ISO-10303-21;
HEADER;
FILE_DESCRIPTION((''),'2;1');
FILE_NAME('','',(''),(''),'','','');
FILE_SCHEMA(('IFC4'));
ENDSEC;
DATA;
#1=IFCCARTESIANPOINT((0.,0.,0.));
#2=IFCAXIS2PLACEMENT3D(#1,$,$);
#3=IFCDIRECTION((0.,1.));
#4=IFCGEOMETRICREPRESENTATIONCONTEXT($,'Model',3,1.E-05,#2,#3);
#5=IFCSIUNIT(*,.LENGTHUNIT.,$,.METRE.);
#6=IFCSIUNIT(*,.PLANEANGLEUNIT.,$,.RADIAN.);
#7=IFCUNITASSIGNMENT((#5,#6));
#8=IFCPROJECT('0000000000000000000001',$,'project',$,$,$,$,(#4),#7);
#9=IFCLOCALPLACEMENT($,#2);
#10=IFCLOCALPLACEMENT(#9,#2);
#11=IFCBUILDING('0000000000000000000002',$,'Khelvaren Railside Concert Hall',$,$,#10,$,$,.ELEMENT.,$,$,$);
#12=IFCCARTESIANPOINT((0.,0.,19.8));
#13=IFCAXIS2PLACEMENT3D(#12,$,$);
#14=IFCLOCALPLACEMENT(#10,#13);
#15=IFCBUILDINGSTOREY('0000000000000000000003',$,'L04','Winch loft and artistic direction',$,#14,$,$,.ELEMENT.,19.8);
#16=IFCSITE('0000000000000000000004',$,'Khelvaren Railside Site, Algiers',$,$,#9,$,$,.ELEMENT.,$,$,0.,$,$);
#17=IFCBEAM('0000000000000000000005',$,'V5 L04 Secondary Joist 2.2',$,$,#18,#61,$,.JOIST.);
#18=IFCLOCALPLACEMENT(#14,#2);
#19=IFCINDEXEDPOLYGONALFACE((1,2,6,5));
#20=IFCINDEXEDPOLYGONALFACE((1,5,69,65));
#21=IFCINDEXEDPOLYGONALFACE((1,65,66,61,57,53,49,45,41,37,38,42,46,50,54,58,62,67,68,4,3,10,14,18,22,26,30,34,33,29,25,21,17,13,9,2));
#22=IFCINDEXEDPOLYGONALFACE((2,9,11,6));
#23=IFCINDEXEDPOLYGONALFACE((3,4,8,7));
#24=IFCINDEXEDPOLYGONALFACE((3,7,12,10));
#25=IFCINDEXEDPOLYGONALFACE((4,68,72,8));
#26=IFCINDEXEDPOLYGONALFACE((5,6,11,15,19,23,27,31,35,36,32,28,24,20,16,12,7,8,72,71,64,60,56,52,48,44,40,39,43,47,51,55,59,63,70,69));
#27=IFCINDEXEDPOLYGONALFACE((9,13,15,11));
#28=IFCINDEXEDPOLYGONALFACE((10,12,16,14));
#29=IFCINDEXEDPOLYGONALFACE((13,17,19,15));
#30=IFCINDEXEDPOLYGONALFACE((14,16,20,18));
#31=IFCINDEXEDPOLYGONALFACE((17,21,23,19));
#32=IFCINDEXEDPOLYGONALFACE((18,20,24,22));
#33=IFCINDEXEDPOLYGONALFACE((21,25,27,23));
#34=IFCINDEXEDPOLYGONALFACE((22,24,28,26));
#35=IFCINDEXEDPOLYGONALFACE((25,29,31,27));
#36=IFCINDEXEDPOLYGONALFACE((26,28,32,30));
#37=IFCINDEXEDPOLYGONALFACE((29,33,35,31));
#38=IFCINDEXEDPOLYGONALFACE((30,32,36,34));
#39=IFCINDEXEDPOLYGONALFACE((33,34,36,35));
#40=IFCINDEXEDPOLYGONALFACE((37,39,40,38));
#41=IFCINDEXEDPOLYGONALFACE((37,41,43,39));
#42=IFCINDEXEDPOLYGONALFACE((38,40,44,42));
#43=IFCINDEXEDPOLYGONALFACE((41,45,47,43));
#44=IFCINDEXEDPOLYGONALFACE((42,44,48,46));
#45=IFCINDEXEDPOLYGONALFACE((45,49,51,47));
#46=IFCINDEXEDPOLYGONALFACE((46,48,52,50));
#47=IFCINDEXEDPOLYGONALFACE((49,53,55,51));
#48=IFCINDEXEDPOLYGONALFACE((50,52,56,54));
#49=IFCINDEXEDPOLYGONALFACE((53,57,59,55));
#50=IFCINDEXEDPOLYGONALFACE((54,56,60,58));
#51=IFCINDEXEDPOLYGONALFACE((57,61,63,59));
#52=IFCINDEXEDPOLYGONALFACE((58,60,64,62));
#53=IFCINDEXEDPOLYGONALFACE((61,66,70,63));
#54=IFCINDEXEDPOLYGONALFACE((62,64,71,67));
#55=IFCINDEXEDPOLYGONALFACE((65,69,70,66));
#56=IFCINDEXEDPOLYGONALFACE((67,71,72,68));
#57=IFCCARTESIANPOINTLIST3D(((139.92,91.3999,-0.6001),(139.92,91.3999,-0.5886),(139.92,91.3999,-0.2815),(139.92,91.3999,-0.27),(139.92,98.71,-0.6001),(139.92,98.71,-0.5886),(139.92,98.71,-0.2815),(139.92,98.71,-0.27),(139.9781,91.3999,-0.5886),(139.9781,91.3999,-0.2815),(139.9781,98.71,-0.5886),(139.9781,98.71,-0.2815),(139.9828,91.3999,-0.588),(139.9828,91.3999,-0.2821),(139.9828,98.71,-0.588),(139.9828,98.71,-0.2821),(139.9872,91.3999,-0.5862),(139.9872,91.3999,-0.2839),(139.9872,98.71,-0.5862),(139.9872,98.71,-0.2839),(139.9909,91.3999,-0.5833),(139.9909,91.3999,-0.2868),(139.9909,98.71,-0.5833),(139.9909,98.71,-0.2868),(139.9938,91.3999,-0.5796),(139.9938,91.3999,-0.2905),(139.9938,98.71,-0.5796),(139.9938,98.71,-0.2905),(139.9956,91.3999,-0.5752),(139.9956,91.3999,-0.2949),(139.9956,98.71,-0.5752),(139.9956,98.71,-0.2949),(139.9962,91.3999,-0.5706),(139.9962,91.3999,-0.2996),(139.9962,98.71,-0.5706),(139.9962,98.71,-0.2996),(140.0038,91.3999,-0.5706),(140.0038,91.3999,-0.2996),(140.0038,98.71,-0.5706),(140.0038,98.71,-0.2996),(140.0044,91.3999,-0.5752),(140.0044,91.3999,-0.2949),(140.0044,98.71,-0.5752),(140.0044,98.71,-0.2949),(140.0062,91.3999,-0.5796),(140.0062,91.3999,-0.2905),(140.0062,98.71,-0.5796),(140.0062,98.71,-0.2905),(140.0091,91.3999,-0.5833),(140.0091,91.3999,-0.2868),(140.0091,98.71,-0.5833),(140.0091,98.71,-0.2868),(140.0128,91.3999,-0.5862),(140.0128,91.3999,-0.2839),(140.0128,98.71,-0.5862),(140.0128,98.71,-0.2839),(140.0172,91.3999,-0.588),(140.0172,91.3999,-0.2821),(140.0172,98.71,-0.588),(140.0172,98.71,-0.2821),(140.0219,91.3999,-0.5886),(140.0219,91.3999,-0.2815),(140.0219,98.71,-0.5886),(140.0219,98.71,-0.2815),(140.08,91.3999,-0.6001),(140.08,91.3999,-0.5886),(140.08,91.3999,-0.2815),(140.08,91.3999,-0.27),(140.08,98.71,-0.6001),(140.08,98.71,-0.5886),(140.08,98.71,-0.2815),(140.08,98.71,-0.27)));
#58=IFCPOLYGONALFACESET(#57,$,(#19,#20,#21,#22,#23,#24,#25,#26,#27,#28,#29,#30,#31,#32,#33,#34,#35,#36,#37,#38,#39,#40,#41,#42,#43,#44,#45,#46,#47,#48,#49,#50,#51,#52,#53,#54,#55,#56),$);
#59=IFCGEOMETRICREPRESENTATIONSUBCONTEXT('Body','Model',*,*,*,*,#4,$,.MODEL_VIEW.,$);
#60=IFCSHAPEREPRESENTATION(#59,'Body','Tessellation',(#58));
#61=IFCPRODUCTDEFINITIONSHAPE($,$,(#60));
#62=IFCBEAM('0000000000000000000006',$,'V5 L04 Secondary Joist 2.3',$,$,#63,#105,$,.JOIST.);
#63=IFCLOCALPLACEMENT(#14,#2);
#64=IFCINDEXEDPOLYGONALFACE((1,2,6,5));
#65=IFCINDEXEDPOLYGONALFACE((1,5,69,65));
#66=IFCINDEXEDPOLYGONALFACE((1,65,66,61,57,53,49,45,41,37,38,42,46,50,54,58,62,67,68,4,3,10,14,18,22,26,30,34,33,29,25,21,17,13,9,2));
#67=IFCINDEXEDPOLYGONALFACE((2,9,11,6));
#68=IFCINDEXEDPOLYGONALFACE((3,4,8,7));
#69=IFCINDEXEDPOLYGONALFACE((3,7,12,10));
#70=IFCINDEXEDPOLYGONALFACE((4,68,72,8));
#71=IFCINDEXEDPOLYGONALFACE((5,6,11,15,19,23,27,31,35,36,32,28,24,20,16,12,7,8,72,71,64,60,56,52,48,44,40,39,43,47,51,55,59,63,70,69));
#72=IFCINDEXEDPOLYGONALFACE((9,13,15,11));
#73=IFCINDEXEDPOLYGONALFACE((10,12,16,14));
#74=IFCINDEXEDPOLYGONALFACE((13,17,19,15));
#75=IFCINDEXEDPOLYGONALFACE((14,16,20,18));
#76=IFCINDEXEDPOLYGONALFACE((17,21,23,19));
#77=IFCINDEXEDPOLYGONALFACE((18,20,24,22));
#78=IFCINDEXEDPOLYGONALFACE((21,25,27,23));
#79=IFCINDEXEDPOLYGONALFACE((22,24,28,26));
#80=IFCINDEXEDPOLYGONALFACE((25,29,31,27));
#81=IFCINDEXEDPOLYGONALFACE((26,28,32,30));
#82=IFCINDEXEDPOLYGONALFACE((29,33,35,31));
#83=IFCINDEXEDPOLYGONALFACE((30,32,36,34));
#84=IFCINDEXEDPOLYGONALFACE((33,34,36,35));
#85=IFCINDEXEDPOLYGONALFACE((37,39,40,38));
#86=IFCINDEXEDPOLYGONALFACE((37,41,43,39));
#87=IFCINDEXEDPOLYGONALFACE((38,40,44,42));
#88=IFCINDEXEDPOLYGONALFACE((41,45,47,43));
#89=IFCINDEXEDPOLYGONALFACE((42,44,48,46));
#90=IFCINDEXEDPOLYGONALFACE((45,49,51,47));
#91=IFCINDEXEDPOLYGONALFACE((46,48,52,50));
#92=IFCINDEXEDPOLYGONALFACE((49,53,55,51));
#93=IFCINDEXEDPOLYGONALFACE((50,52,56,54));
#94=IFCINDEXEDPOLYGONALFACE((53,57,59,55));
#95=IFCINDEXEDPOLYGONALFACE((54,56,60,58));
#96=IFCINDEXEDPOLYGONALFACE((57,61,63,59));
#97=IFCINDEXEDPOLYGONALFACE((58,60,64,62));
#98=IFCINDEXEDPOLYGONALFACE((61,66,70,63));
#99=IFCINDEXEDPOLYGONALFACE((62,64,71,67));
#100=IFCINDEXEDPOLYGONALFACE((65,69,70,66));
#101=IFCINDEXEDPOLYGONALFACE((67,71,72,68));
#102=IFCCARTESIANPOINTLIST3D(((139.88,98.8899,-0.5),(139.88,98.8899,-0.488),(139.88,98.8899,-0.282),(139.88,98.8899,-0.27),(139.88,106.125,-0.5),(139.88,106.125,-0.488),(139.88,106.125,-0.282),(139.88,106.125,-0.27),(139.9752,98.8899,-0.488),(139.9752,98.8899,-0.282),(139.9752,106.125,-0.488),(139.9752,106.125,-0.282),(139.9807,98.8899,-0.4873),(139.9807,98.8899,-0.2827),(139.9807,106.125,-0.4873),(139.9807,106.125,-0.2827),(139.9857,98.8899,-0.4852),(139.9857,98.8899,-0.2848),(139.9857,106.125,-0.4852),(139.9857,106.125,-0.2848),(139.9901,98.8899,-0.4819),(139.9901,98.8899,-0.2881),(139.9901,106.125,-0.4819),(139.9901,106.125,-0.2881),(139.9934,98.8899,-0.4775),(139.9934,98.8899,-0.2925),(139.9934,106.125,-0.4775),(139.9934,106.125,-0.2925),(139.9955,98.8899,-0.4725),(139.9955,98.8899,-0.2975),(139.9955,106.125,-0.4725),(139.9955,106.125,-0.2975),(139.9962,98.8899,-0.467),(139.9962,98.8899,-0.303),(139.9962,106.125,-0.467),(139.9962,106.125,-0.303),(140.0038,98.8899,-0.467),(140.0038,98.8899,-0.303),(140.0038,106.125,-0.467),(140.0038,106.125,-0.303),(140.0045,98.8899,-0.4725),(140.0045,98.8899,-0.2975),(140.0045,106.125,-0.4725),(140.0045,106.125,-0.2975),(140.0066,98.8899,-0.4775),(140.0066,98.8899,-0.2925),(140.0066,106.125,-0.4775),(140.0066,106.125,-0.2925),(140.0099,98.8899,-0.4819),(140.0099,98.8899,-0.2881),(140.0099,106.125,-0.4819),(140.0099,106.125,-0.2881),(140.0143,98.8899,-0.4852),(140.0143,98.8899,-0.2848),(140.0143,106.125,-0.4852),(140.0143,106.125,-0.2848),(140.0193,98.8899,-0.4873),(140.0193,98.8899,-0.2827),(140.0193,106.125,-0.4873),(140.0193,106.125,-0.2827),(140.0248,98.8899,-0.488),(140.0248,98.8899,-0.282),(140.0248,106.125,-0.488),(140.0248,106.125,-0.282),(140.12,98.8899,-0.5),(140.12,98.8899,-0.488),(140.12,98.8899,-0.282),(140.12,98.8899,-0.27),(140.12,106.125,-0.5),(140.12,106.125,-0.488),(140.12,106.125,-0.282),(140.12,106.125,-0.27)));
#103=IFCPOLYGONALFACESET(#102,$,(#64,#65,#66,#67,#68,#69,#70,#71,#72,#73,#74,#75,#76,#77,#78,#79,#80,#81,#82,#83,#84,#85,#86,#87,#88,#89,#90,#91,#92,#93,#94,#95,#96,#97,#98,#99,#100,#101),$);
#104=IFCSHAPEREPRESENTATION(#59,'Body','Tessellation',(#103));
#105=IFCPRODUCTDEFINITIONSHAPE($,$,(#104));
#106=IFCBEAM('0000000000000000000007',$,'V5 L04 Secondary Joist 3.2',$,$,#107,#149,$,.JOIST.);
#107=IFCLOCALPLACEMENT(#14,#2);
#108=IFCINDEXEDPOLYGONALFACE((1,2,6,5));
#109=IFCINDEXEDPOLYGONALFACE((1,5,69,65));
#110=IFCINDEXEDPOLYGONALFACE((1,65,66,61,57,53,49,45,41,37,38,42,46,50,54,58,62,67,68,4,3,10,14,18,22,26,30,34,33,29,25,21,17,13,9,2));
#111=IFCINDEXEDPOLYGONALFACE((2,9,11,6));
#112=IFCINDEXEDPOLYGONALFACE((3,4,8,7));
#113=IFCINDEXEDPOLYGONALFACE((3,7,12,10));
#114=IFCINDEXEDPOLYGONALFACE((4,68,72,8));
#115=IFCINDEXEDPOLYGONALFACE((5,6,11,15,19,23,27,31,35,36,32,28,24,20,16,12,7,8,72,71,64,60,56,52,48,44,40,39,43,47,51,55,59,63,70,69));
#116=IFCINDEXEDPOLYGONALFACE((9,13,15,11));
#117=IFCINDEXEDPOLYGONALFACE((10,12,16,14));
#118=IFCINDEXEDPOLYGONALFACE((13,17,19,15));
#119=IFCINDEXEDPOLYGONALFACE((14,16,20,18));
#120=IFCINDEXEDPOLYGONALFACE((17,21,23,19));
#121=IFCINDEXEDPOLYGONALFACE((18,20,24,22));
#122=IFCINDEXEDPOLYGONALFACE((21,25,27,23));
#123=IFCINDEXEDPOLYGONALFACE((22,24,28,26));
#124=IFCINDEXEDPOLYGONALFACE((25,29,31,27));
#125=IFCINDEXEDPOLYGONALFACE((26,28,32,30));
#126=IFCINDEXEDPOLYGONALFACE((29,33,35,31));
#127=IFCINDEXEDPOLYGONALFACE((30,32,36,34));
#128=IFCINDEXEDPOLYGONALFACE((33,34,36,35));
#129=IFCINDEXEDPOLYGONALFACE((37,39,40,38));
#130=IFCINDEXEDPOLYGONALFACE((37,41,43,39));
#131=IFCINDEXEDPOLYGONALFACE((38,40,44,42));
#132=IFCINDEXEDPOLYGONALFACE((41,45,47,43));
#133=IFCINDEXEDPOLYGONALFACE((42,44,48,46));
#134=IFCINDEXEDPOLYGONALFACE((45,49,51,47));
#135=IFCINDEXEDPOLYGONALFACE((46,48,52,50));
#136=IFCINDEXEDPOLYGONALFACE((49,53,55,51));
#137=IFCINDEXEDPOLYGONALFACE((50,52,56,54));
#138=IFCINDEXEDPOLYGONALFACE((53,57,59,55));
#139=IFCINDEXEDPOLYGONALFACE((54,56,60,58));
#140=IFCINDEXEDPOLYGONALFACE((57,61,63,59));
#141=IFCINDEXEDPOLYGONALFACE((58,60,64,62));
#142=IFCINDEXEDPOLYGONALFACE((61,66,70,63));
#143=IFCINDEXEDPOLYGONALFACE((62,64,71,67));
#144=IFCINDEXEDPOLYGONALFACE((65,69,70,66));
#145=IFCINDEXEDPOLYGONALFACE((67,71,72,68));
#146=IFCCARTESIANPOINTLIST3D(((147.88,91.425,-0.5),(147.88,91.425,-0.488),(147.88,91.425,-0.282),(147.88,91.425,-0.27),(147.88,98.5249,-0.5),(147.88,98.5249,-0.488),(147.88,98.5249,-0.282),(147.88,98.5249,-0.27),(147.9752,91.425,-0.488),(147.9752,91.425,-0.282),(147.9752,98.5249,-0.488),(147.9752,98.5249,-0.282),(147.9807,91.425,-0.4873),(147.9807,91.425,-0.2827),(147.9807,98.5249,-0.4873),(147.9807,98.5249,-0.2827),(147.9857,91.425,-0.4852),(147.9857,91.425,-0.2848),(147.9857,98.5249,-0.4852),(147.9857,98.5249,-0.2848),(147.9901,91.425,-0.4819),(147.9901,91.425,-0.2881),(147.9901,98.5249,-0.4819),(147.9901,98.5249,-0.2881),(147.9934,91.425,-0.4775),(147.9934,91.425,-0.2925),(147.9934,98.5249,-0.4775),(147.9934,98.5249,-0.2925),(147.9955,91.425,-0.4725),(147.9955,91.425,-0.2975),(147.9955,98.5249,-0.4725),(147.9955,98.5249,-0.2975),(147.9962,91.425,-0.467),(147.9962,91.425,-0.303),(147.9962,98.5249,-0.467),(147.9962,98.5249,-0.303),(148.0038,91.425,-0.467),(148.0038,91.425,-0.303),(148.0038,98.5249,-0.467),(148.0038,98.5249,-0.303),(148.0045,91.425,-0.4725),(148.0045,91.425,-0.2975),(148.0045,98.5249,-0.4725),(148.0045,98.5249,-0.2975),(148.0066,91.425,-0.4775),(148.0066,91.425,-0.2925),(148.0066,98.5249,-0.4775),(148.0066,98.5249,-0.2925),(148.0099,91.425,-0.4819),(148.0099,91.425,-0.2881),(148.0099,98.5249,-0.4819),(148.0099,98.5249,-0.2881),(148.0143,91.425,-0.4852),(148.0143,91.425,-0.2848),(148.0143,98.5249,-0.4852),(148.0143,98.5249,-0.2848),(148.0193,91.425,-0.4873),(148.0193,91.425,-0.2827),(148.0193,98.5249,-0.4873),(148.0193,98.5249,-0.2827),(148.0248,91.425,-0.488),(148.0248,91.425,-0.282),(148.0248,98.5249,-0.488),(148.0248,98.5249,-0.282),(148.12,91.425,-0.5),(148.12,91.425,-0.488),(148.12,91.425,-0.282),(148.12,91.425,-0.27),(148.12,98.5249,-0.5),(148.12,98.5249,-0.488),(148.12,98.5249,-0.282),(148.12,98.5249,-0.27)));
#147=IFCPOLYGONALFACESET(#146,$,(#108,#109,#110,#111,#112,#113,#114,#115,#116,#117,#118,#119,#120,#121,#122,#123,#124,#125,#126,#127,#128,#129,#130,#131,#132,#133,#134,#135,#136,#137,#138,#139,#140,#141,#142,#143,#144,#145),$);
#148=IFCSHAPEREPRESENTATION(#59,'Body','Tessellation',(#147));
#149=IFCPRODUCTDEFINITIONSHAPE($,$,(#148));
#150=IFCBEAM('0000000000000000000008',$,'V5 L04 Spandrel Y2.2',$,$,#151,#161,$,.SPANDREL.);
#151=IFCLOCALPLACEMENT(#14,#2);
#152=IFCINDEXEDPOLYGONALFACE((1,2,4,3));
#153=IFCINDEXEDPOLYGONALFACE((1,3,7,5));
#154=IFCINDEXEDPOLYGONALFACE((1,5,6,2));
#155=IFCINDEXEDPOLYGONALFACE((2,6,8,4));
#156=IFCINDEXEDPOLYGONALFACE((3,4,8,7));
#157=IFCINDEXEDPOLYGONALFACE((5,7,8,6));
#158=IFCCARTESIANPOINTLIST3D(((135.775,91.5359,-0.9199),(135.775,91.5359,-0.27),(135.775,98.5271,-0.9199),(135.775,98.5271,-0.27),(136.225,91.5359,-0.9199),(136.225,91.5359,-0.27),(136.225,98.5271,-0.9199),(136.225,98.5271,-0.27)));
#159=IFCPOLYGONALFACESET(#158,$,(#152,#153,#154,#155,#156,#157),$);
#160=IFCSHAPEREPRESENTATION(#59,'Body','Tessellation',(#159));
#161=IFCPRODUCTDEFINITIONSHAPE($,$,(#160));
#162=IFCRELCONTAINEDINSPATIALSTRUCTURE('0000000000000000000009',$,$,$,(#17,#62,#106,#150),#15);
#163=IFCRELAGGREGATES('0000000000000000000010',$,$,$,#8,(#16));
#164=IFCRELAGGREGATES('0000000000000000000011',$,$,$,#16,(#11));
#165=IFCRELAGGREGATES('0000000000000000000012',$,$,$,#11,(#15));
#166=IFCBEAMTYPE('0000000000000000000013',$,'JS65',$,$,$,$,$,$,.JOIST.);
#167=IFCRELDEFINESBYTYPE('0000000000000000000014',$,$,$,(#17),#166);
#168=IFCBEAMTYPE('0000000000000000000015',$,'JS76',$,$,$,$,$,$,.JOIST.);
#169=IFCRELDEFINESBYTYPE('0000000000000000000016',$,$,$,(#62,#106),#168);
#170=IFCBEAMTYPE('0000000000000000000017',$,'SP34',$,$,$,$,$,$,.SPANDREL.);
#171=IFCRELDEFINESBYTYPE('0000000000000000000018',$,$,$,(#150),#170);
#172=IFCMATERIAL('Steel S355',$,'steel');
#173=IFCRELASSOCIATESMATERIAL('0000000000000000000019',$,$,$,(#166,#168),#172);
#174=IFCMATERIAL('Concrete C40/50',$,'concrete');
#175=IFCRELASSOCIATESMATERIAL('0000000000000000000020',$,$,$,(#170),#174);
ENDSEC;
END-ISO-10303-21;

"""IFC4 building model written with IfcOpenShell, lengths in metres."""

from ifc_helpers import new_model, si_unit, direction, frame, origin, origin_2d, place, context, subcontext, project, spatial, rectangle, i_section, extrude, material, material_profile, profile_set, type_object, element, save


model = new_model("IFC4")

# Units and contexts
model_context = context("Model", 3, precision=1e-05, world=origin(), true_north=direction((0.0, 1.0)))
body_context = subcontext(model_context, "Body", "Model", "MODEL_VIEW")
ifc_project = project(units=[si_unit("LENGTHUNIT", "METRE"), si_unit("PLANEANGLEUNIT", "RADIAN")], contexts=[model_context])

# Site, building, storey
site_placement = place(None, origin())
site = spatial("IfcSite", under=ifc_project, at=site_placement, Name="Khelvaren Railside Site, Algiers", CompositionType="ELEMENT", RefElevation=0.0)
building_placement = place(site_placement, origin())
building = spatial("IfcBuilding", under=site, at=building_placement, Name="Khelvaren Railside Concert Hall", CompositionType="ELEMENT")
storey_placement = place(building_placement, frame((0.0, 0.0, 19.8)))
storey = spatial("IfcBuildingStorey", under=building, at=storey_placement, Name="L04", Description="Winch loft and artistic direction", CompositionType="ELEMENT", Elevation=19.8)

# Beams
ifc_material_1 = material(Name="Steel S355", Category="steel")
ifc_material_2 = material(Name="Concrete C40/50", Category="concrete")
ifc_material_profile_1 = material_profile(ifc_material_1, i_section(OverallWidth=0.1599, OverallDepth=0.3301, WebThickness=0.0076, FlangeThickness=0.0115, FilletRadius=0.0181, at=origin_2d()), Name="IPE 330")
ifc_profile_set_1 = profile_set([ifc_material_profile_1], Name="Steel S355")
beam_type_1 = type_object("IfcBeamType", Name="JS65", PredefinedType="JOIST", material=ifc_profile_set_1)
beam_1_placement = place(storey_placement, frame((140.0, 91.3999, -0.4351), z_axis=(0.0, 1.0, 0.0), x_axis=(-1.0, 0.0, 0.0)))
element("IfcBeam", 1, at=beam_1_placement, inside=storey, type_object=beam_type_1, Name="V5 L04 Secondary Joist 2.2", PredefinedType="JOIST", context=body_context, shape_type="SweptSolid", body=[
    extrude(i_section(OverallWidth=0.1599, OverallDepth=0.3301, WebThickness=0.0076, FlangeThickness=0.0115, FilletRadius=0.0181, at=origin_2d()), origin(), (0.0, 0.0, 1.0), 7.3101),
])
ifc_material_profile_2 = material_profile(ifc_material_1, i_section(OverallWidth=0.24, OverallDepth=0.23, WebThickness=0.0076, FlangeThickness=0.012, FilletRadius=0.021, at=origin_2d()), Name="HEA 240")
ifc_profile_set_2 = profile_set([ifc_material_profile_2], Name="Steel S355")
beam_type_2 = type_object("IfcBeamType", Name="JS76", PredefinedType="JOIST", material=ifc_profile_set_2)
beam_2_placement = place(storey_placement, frame((140.0, 98.8899, -0.385), z_axis=(0.0, 1.0, 0.0), x_axis=(-1.0, 0.0, 0.0)))
element("IfcBeam", 2, at=beam_2_placement, inside=storey, type_object=beam_type_2, Name="V5 L04 Secondary Joist 2.3", PredefinedType="JOIST", context=body_context, shape_type="SweptSolid", body=[
    extrude(i_section(OverallWidth=0.24, OverallDepth=0.23, WebThickness=0.0076, FlangeThickness=0.012, FilletRadius=0.021, at=origin_2d()), origin(), (0.0, 0.0, 1.0), 7.2351),
])
beam_3_placement = place(storey_placement, frame((148.0, 91.425, -0.385), z_axis=(0.0, 1.0, 0.0), x_axis=(-1.0, 0.0, 0.0)))
element("IfcBeam", 3, at=beam_3_placement, inside=storey, type_object=beam_type_2, Name="V5 L04 Secondary Joist 3.2", PredefinedType="JOIST", context=body_context, shape_type="SweptSolid", body=[
    extrude(i_section(OverallWidth=0.24, OverallDepth=0.23, WebThickness=0.0076, FlangeThickness=0.012, FilletRadius=0.021, at=origin_2d()), origin(), (0.0, 0.0, 1.0), 7.0999),
])
ifc_material_profile_3 = material_profile(ifc_material_2, rectangle(XDim=0.45, YDim=0.6499, at=origin_2d()), Name="RCB 450x650")
ifc_profile_set_3 = profile_set([ifc_material_profile_3], Name="Concrete C40/50")
beam_type_3 = type_object("IfcBeamType", Name="SP34", PredefinedType="SPANDREL", material=ifc_profile_set_3)
beam_4_placement = place(storey_placement, frame((136.0, 91.5359, -0.595), z_axis=(0.0, 1.0, 0.0), x_axis=(-1.0, 0.0, 0.0)))
element("IfcBeam", 4, at=beam_4_placement, inside=storey, type_object=beam_type_3, Name="V5 L04 Spandrel Y2.2", PredefinedType="SPANDREL", context=body_context, shape_type="SweptSolid", body=[
    extrude(rectangle(XDim=0.45, YDim=0.6499, at=origin_2d()), origin(), (0.0, 0.0, 1.0), 6.9912),
])

save(model, "model.ifc")
